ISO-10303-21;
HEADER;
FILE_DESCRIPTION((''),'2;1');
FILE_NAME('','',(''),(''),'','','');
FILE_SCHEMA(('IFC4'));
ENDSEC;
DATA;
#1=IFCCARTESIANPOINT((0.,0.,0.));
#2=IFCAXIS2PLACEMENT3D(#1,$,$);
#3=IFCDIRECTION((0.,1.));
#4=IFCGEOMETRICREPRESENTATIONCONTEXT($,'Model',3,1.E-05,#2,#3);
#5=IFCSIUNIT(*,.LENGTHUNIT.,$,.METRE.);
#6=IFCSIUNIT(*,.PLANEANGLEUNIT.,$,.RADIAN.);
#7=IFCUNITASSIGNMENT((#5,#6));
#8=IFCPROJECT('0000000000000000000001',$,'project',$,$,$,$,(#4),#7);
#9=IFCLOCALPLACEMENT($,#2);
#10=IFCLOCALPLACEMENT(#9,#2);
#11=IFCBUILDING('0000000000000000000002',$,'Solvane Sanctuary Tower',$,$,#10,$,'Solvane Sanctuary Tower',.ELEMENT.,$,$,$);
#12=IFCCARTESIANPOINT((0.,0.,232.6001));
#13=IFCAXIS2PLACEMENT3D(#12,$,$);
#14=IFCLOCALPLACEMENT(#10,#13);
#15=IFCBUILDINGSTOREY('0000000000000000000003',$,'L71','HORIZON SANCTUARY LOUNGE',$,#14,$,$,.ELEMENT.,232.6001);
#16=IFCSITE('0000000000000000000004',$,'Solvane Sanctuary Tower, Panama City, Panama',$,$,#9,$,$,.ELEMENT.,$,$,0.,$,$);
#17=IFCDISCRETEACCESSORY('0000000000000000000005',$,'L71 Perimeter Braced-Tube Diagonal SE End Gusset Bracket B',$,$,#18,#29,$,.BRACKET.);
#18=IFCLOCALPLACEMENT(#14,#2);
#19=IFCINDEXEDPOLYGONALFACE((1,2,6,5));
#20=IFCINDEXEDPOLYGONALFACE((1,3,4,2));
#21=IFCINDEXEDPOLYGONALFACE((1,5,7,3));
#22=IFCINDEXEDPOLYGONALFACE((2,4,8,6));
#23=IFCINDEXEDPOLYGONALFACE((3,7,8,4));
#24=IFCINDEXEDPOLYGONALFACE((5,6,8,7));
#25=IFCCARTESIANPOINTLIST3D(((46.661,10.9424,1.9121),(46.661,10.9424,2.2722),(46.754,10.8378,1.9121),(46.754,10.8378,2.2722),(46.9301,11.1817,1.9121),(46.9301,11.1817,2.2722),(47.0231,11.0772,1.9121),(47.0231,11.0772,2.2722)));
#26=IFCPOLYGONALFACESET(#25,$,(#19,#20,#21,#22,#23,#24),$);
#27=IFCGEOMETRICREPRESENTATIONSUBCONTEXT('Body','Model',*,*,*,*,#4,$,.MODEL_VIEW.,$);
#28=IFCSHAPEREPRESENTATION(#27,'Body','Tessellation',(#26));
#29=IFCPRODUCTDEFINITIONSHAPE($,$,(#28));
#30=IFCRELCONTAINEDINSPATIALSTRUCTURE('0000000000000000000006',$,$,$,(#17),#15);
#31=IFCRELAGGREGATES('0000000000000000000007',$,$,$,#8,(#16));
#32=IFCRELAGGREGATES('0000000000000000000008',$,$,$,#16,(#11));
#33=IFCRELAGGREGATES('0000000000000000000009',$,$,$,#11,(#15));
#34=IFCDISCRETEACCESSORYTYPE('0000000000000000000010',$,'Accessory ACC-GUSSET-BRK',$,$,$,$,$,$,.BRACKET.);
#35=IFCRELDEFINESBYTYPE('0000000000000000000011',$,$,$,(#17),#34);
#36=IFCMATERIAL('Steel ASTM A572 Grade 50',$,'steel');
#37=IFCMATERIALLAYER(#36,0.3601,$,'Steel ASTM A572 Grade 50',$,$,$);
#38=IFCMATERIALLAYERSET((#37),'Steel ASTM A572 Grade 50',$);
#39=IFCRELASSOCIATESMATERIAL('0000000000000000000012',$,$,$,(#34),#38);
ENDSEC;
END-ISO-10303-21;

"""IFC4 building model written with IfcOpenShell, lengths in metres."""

from ifc_helpers import new_model, si_unit, direction, frame, origin, origin_2d, place, context, subcontext, project, spatial, rectangle, extrude, material, layer, layer_set, type_object, element, save


model = new_model("IFC4")

# Units and contexts
model_context = context("Model", 3, precision=1e-05, world=origin(), true_north=direction((0.0, 1.0)))
body_context = subcontext(model_context, "Body", "Model", "MODEL_VIEW")
ifc_project = project(units=[si_unit("LENGTHUNIT", "METRE"), si_unit("PLANEANGLEUNIT", "RADIAN")], contexts=[model_context])

# Site, building, storey
site_placement = place(None, origin())
site = spatial("IfcSite", under=ifc_project, at=site_placement, Name="Solvane Sanctuary Tower, Panama City, Panama", CompositionType="ELEMENT", RefElevation=0.0)
building_placement = place(site_placement, origin())
building = spatial("IfcBuilding", under=site, at=building_placement, Name="Solvane Sanctuary Tower", LongName="Solvane Sanctuary Tower", CompositionType="ELEMENT")
storey_placement = place(building_placement, frame((0.0, 0.0, 232.6001)))
storey = spatial("IfcBuildingStorey", under=building, at=storey_placement, Name="L71", Description="HORIZON SANCTUARY LOUNGE", CompositionType="ELEMENT", Elevation=232.6001)

# Discrete accessory
ifc_material_1 = material(Name="Steel ASTM A572 Grade 50", Category="steel")
ifc_layer_1 = layer(ifc_material_1, 0.3601, Name="Steel ASTM A572 Grade 50")
ifc_layer_set_1 = layer_set([ifc_layer_1], Name="Steel ASTM A572 Grade 50")
discrete_accessory_type = type_object("IfcDiscreteAccessoryType", Name="Accessory ACC-GUSSET-BRK", PredefinedType="BRACKET", material=ifc_layer_set_1)
for number, where, z_axis, x_axis, name in (
    (1, (46.842, 11.0098, 1.9121), (0.0, 0.0, 1.0), (0.747218, 0.664579, 0.0), "L71 Perimeter Braced-Tube Diagonal SE End Gusset Bracket B"),
):
    element("IfcDiscreteAccessory", number, at=place(storey_placement, frame(where, z_axis=z_axis, x_axis=x_axis)), inside=storey, type_object=discrete_accessory_type, Name=name, PredefinedType="BRACKET", context=body_context, shape_type="SweptSolid", body=[
        extrude(rectangle(XDim=0.3601, YDim=0.1399, at=origin_2d()), origin(), (0.0, 0.0, 1.0), 0.3601),
    ])

save(model, "model.ifc")
